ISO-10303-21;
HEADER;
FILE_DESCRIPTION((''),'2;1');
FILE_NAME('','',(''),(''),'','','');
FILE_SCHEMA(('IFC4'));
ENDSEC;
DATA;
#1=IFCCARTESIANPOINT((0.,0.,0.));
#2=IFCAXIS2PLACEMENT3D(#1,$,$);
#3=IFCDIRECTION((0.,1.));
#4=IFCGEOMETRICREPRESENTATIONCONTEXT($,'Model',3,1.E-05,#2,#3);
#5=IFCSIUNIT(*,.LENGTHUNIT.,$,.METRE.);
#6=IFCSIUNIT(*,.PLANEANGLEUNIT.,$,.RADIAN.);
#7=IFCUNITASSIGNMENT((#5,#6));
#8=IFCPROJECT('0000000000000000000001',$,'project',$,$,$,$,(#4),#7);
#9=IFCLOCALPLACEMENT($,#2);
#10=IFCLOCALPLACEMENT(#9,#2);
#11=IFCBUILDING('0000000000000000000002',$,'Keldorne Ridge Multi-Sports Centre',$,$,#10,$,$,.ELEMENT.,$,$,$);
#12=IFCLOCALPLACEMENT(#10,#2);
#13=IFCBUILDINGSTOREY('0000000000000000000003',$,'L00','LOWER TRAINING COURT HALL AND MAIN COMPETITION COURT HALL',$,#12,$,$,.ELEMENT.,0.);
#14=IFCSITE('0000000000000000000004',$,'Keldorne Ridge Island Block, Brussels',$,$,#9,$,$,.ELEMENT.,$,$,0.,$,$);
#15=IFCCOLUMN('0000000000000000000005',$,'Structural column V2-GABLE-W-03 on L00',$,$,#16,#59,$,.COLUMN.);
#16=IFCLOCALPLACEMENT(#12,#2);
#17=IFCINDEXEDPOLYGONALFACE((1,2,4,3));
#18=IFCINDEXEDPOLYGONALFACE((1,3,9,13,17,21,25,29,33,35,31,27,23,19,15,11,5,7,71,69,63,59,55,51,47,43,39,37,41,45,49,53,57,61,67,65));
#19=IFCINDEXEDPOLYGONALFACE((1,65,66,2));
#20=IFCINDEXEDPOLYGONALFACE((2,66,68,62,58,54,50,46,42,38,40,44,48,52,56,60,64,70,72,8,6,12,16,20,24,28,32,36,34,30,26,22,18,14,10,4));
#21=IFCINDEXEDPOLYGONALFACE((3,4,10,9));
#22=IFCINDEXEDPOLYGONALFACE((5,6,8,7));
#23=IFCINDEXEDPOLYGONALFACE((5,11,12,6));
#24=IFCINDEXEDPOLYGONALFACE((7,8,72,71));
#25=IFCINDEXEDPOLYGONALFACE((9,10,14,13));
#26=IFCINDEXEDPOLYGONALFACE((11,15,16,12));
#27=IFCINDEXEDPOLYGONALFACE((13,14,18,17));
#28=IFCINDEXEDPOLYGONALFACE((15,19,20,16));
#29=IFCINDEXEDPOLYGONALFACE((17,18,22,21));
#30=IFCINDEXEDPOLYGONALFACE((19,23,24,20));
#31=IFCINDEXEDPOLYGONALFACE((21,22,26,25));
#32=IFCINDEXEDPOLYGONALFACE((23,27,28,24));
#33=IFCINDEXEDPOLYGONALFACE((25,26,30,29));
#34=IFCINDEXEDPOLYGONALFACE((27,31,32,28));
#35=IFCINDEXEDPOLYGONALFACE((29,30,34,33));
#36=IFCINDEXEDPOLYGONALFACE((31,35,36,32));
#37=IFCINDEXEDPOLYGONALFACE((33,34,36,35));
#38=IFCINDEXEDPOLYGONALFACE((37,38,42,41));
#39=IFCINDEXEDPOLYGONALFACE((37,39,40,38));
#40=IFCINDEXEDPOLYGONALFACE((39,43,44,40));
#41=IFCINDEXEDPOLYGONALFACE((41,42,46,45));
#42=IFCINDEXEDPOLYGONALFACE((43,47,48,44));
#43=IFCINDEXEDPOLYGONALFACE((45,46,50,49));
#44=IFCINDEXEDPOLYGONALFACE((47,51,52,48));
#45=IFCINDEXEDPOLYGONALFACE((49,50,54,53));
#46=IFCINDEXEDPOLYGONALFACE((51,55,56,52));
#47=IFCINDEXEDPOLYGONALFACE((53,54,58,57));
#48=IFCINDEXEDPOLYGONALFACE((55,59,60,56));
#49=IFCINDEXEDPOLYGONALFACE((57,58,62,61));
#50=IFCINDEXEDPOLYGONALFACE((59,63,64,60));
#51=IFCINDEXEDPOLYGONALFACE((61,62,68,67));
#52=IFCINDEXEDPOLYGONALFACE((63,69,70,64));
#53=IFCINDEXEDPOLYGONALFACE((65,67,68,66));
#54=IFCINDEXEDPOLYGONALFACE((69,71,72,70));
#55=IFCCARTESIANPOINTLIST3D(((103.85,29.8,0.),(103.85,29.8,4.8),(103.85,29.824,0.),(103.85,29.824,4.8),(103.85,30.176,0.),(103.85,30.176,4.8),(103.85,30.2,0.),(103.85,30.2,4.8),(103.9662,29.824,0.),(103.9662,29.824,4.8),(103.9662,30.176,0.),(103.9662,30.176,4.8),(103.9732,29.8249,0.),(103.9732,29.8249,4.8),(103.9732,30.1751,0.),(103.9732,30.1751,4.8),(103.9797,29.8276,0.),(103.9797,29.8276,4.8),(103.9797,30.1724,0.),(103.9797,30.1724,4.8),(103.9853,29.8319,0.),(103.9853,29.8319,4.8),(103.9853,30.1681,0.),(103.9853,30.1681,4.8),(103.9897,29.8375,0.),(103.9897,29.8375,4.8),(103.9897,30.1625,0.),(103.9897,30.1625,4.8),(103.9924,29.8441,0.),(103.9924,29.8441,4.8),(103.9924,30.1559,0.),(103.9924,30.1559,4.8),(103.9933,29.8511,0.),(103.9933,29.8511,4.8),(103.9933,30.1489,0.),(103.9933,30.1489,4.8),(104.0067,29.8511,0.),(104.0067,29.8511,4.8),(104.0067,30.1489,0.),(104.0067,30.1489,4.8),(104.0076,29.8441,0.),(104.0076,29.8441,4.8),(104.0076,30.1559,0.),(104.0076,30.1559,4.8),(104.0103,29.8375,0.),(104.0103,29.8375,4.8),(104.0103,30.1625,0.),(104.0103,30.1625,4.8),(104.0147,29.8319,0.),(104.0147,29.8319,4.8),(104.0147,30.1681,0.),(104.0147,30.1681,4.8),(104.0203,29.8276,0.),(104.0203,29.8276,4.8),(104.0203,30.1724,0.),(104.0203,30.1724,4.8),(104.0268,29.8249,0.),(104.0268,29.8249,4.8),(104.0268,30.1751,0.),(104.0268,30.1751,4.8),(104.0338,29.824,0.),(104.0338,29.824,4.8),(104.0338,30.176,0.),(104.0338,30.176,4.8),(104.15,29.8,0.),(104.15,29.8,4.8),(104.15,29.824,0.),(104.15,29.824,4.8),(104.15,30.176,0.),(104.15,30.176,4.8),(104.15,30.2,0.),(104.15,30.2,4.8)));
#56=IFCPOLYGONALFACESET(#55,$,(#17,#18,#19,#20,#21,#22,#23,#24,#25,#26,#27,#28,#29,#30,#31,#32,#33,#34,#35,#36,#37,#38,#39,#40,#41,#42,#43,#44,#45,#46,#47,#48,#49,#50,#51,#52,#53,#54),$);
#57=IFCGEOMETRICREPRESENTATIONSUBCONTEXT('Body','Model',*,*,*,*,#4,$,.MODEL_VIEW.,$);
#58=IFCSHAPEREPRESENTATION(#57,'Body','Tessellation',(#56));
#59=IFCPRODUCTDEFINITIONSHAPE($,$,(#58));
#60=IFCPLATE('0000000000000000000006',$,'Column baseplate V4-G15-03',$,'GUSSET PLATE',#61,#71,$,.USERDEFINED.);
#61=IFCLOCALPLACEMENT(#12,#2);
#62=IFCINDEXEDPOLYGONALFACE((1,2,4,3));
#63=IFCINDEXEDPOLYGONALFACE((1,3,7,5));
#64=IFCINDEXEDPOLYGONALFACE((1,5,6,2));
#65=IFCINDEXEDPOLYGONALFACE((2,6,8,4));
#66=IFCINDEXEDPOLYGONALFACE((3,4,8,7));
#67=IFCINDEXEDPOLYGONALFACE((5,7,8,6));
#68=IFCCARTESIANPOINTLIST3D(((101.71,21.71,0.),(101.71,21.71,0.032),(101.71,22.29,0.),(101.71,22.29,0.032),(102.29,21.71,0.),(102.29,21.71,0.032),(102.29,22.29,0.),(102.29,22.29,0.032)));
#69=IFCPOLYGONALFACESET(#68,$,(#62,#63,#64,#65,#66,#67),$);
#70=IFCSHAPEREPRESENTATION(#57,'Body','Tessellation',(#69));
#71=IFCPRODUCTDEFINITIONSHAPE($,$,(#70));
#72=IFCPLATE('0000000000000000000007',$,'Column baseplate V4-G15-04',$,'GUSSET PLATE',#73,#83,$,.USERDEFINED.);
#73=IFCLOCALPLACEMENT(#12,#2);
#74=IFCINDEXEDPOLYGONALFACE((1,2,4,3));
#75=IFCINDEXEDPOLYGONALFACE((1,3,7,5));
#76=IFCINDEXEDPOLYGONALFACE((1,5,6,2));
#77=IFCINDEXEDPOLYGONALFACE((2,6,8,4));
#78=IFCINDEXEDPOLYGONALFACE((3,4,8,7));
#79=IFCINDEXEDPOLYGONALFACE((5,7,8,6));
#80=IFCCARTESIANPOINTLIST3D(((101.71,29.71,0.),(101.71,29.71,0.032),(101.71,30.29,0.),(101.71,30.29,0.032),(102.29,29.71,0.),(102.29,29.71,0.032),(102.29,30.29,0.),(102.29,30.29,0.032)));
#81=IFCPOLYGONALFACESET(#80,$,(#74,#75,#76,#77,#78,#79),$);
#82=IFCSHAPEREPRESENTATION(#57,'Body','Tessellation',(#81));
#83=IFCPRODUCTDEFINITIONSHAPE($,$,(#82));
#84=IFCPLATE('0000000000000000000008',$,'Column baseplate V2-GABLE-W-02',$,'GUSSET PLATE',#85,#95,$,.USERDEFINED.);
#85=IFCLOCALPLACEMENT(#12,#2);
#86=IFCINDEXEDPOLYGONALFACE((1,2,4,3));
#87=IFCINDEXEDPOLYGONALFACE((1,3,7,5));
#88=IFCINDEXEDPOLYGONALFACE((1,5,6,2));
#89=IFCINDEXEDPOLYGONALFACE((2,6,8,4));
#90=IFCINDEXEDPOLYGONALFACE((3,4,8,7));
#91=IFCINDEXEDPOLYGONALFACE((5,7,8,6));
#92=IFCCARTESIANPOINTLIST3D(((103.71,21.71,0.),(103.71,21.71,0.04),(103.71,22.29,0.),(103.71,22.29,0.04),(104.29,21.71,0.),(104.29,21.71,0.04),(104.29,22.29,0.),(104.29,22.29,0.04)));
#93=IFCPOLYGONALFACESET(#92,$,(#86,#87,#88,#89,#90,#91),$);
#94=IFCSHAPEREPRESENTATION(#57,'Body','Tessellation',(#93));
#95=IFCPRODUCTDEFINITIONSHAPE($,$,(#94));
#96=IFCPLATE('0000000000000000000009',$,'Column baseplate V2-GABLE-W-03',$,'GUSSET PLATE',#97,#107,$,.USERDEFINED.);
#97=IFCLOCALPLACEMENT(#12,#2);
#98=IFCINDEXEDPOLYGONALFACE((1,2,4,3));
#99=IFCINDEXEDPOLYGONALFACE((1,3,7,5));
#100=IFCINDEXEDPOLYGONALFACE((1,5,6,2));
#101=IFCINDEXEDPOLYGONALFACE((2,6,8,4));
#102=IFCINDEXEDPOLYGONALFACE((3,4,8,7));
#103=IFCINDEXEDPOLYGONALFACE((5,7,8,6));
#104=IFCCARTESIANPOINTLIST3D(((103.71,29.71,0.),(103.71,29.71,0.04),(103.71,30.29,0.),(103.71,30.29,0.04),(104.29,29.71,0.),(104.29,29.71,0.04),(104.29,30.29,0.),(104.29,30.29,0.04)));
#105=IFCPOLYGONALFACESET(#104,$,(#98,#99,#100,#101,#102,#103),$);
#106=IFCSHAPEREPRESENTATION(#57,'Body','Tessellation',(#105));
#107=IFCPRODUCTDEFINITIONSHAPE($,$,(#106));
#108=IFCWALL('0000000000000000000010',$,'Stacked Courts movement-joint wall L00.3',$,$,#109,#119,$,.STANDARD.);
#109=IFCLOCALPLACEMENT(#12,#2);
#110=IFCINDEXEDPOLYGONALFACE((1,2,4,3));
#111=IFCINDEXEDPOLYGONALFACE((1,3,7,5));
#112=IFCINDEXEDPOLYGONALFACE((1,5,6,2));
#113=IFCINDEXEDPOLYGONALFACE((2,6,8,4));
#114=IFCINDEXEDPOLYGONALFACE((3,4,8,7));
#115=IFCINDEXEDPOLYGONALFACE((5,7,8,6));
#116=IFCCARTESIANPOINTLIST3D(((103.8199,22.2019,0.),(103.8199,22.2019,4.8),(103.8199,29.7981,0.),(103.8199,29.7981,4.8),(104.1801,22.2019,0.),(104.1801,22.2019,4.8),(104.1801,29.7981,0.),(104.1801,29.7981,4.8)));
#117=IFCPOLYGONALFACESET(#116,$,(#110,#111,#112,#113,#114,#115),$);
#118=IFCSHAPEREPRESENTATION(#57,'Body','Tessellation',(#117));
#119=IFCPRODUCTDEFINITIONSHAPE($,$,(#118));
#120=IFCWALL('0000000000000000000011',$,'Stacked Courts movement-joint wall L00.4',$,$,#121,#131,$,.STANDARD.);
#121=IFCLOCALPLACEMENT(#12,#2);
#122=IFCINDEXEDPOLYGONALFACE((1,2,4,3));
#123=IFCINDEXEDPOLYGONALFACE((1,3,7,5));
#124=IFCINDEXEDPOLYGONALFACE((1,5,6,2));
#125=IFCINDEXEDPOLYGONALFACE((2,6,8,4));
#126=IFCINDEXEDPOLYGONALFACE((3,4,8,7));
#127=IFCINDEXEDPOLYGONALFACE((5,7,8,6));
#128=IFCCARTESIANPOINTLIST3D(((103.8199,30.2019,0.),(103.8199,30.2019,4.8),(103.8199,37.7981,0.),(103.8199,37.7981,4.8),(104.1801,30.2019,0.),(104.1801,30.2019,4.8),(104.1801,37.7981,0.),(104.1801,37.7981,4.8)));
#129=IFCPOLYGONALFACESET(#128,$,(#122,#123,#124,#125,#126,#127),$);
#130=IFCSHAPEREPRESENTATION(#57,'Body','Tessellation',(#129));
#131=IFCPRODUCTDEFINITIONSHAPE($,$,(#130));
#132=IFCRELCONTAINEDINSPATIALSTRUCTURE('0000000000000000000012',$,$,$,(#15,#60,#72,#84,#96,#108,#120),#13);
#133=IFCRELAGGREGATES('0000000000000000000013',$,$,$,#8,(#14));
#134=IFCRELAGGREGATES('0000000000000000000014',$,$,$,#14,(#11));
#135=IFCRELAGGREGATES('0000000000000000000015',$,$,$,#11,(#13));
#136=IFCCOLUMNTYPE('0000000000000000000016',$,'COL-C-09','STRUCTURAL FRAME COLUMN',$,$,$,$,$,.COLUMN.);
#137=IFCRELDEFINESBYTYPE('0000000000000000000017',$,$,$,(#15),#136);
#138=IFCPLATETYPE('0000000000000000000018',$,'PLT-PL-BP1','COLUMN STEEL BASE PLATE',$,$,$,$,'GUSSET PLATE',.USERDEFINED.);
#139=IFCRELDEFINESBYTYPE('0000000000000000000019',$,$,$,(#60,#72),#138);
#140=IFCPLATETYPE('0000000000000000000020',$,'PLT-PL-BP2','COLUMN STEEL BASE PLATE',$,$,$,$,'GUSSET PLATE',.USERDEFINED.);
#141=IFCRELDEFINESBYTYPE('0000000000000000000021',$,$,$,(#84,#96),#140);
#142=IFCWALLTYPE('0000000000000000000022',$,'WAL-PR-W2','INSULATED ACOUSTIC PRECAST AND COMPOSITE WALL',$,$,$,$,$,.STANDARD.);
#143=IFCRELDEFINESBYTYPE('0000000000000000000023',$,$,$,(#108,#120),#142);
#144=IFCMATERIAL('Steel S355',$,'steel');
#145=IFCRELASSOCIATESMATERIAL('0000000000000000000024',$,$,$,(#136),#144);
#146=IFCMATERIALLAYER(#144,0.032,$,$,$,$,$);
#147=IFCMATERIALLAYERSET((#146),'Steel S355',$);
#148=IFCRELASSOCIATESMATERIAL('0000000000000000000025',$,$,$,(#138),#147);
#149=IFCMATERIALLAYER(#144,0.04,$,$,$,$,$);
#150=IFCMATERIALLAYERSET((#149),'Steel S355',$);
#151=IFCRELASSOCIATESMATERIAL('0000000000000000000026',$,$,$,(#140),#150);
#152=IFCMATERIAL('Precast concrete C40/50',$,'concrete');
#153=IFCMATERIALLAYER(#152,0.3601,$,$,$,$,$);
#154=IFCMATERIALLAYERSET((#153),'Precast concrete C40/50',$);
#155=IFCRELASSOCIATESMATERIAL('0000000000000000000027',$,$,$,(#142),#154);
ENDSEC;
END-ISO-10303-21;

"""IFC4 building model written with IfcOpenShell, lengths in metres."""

from ifc_helpers import new_model, si_unit, direction, frame, frame_2d, origin, origin_2d, place, context, subcontext, project, spatial, rectangle, i_section, extrude, material, layer, layer_set, material_profile, profile_set, type_object, element, save


model = new_model("IFC4")

# Units and contexts
model_context = context("Model", 3, precision=1e-05, world=origin(), true_north=direction((0.0, 1.0)))
body_context = subcontext(model_context, "Body", "Model", "MODEL_VIEW")
ifc_project = project(units=[si_unit("LENGTHUNIT", "METRE"), si_unit("PLANEANGLEUNIT", "RADIAN")], contexts=[model_context])

# Site, building, storey
site_placement = place(None, origin())
site = spatial("IfcSite", under=ifc_project, at=site_placement, Name="Keldorne Ridge Island Block, Brussels", CompositionType="ELEMENT", RefElevation=0.0)
building_placement = place(site_placement, origin())
building = spatial("IfcBuilding", under=site, at=building_placement, Name="Keldorne Ridge Multi-Sports Centre", CompositionType="ELEMENT")
storey_placement = place(building_placement, origin())
storey = spatial("IfcBuildingStorey", under=building, at=storey_placement, Name="L00", Description="LOWER TRAINING COURT HALL AND MAIN COMPETITION COURT HALL", CompositionType="ELEMENT", Elevation=0.0)

# Column
ifc_material_1 = material(Name="Steel S355", Category="steel")
ifc_material_profile_1 = material_profile(ifc_material_1, i_section(OverallWidth=0.3, OverallDepth=0.3999, WebThickness=0.0134, FlangeThickness=0.0239, FilletRadius=0.0271, at=origin_2d()), Name="HEB 400")
ifc_profile_set_1 = profile_set([ifc_material_profile_1], Name="Steel S355")
column_type_1 = type_object("IfcColumnType", Name="COL-C-09", Description="STRUCTURAL FRAME COLUMN", PredefinedType="COLUMN", material=ifc_profile_set_1)
for number, where, z_axis, x_axis, name in (
    (1, (104.0, 30.0, 0.0), (0.0, 0.0, 1.0), (1.0, 0.0, 0.0), "Structural column V2-GABLE-W-03 on L00"),
):
    element("IfcColumn", number, at=place(storey_placement, frame(where, z_axis=z_axis, x_axis=x_axis)), inside=storey, type_object=column_type_1, Name=name, PredefinedType="COLUMN", context=body_context, shape_type="SweptSolid", body=[
        extrude(i_section(OverallWidth=0.3, OverallDepth=0.3999, WebThickness=0.0134, FlangeThickness=0.0239, FilletRadius=0.0271, at=origin_2d()), origin(), (0.0, 0.0, 1.0), 4.8),
    ])

# Plates
ifc_layer_1 = layer(ifc_material_1, 0.032)
ifc_layer_set_1 = layer_set([ifc_layer_1], Name="Steel S355")
plate_type_1 = type_object("IfcPlateType", Name="PLT-PL-BP1", Description="COLUMN STEEL BASE PLATE", ElementType="GUSSET PLATE", PredefinedType="USERDEFINED", material=ifc_layer_set_1)
for number, where, z_axis, x_axis, name in (
    (2, (102.0, 22.0, 0.0), (0.0, 0.0, 1.0), (1.0, 0.0, 0.0), "Column baseplate V4-G15-03"),
    (3, (102.0, 30.0, 0.0), (0.0, 0.0, 1.0), (1.0, 0.0, 0.0), "Column baseplate V4-G15-04"),
):
    element("IfcPlate", number, at=place(storey_placement, frame(where, z_axis=z_axis, x_axis=x_axis)), inside=storey, type_object=plate_type_1, Name=name, ObjectType="GUSSET PLATE", PredefinedType="USERDEFINED", context=body_context, shape_type="SweptSolid", body=[
        extrude(rectangle(XDim=0.5801, YDim=0.5801, at=origin_2d()), origin(), (0.0, 0.0, 1.0), 0.032),
    ])
ifc_layer_2 = layer(ifc_material_1, 0.04)
ifc_layer_set_2 = layer_set([ifc_layer_2], Name="Steel S355")
plate_type_2 = type_object("IfcPlateType", Name="PLT-PL-BP2", Description="COLUMN STEEL BASE PLATE", ElementType="GUSSET PLATE", PredefinedType="USERDEFINED", material=ifc_layer_set_2)
for number, where, z_axis, x_axis, name in (
    (4, (104.0, 22.0, 0.0), (0.0, 0.0, 1.0), (1.0, 0.0, 0.0), "Column baseplate V2-GABLE-W-02"),
    (5, (104.0, 30.0, 0.0), (0.0, 0.0, 1.0), (1.0, 0.0, 0.0), "Column baseplate V2-GABLE-W-03"),
):
    element("IfcPlate", number, at=place(storey_placement, frame(where, z_axis=z_axis, x_axis=x_axis)), inside=storey, type_object=plate_type_2, Name=name, ObjectType="GUSSET PLATE", PredefinedType="USERDEFINED", context=body_context, shape_type="SweptSolid", body=[
        extrude(rectangle(XDim=0.5801, YDim=0.5801, at=origin_2d()), origin(), (0.0, 0.0, 1.0), 0.04),
    ])

# Walls
ifc_material_2 = material(Name="Precast concrete C40/50", Category="concrete")
ifc_layer_3 = layer(ifc_material_2, 0.3601)
ifc_layer_set_3 = layer_set([ifc_layer_3], Name="Precast concrete C40/50")
wall_type = type_object("IfcWallType", Name="WAL-PR-W2", Description="INSULATED ACOUSTIC PRECAST AND COMPOSITE WALL", PredefinedType="STANDARD", material=ifc_layer_set_3)
for number, where, z_axis, x_axis, name in (
    (6, (104.0, 29.7981, 0.0), (0.0, 0.0, 1.0), (0.0, -1.0, 0.0), "Stacked Courts movement-joint wall L00.3"),
    (7, (104.0, 37.7981, 0.0), (0.0, 0.0, 1.0), (0.0, -1.0, 0.0), "Stacked Courts movement-joint wall L00.4"),
):
    element("IfcWall", number, at=place(storey_placement, frame(where, z_axis=z_axis, x_axis=x_axis)), inside=storey, type_object=wall_type, Name=name, PredefinedType="STANDARD", context=body_context, shape_type="SweptSolid", body=[
        extrude(rectangle(XDim=7.5962, YDim=0.3601, at=frame_2d((3.7981, 0.0))), origin(), (0.0, 0.0, 1.0), 4.8),
    ])

save(model, "model.ifc")
